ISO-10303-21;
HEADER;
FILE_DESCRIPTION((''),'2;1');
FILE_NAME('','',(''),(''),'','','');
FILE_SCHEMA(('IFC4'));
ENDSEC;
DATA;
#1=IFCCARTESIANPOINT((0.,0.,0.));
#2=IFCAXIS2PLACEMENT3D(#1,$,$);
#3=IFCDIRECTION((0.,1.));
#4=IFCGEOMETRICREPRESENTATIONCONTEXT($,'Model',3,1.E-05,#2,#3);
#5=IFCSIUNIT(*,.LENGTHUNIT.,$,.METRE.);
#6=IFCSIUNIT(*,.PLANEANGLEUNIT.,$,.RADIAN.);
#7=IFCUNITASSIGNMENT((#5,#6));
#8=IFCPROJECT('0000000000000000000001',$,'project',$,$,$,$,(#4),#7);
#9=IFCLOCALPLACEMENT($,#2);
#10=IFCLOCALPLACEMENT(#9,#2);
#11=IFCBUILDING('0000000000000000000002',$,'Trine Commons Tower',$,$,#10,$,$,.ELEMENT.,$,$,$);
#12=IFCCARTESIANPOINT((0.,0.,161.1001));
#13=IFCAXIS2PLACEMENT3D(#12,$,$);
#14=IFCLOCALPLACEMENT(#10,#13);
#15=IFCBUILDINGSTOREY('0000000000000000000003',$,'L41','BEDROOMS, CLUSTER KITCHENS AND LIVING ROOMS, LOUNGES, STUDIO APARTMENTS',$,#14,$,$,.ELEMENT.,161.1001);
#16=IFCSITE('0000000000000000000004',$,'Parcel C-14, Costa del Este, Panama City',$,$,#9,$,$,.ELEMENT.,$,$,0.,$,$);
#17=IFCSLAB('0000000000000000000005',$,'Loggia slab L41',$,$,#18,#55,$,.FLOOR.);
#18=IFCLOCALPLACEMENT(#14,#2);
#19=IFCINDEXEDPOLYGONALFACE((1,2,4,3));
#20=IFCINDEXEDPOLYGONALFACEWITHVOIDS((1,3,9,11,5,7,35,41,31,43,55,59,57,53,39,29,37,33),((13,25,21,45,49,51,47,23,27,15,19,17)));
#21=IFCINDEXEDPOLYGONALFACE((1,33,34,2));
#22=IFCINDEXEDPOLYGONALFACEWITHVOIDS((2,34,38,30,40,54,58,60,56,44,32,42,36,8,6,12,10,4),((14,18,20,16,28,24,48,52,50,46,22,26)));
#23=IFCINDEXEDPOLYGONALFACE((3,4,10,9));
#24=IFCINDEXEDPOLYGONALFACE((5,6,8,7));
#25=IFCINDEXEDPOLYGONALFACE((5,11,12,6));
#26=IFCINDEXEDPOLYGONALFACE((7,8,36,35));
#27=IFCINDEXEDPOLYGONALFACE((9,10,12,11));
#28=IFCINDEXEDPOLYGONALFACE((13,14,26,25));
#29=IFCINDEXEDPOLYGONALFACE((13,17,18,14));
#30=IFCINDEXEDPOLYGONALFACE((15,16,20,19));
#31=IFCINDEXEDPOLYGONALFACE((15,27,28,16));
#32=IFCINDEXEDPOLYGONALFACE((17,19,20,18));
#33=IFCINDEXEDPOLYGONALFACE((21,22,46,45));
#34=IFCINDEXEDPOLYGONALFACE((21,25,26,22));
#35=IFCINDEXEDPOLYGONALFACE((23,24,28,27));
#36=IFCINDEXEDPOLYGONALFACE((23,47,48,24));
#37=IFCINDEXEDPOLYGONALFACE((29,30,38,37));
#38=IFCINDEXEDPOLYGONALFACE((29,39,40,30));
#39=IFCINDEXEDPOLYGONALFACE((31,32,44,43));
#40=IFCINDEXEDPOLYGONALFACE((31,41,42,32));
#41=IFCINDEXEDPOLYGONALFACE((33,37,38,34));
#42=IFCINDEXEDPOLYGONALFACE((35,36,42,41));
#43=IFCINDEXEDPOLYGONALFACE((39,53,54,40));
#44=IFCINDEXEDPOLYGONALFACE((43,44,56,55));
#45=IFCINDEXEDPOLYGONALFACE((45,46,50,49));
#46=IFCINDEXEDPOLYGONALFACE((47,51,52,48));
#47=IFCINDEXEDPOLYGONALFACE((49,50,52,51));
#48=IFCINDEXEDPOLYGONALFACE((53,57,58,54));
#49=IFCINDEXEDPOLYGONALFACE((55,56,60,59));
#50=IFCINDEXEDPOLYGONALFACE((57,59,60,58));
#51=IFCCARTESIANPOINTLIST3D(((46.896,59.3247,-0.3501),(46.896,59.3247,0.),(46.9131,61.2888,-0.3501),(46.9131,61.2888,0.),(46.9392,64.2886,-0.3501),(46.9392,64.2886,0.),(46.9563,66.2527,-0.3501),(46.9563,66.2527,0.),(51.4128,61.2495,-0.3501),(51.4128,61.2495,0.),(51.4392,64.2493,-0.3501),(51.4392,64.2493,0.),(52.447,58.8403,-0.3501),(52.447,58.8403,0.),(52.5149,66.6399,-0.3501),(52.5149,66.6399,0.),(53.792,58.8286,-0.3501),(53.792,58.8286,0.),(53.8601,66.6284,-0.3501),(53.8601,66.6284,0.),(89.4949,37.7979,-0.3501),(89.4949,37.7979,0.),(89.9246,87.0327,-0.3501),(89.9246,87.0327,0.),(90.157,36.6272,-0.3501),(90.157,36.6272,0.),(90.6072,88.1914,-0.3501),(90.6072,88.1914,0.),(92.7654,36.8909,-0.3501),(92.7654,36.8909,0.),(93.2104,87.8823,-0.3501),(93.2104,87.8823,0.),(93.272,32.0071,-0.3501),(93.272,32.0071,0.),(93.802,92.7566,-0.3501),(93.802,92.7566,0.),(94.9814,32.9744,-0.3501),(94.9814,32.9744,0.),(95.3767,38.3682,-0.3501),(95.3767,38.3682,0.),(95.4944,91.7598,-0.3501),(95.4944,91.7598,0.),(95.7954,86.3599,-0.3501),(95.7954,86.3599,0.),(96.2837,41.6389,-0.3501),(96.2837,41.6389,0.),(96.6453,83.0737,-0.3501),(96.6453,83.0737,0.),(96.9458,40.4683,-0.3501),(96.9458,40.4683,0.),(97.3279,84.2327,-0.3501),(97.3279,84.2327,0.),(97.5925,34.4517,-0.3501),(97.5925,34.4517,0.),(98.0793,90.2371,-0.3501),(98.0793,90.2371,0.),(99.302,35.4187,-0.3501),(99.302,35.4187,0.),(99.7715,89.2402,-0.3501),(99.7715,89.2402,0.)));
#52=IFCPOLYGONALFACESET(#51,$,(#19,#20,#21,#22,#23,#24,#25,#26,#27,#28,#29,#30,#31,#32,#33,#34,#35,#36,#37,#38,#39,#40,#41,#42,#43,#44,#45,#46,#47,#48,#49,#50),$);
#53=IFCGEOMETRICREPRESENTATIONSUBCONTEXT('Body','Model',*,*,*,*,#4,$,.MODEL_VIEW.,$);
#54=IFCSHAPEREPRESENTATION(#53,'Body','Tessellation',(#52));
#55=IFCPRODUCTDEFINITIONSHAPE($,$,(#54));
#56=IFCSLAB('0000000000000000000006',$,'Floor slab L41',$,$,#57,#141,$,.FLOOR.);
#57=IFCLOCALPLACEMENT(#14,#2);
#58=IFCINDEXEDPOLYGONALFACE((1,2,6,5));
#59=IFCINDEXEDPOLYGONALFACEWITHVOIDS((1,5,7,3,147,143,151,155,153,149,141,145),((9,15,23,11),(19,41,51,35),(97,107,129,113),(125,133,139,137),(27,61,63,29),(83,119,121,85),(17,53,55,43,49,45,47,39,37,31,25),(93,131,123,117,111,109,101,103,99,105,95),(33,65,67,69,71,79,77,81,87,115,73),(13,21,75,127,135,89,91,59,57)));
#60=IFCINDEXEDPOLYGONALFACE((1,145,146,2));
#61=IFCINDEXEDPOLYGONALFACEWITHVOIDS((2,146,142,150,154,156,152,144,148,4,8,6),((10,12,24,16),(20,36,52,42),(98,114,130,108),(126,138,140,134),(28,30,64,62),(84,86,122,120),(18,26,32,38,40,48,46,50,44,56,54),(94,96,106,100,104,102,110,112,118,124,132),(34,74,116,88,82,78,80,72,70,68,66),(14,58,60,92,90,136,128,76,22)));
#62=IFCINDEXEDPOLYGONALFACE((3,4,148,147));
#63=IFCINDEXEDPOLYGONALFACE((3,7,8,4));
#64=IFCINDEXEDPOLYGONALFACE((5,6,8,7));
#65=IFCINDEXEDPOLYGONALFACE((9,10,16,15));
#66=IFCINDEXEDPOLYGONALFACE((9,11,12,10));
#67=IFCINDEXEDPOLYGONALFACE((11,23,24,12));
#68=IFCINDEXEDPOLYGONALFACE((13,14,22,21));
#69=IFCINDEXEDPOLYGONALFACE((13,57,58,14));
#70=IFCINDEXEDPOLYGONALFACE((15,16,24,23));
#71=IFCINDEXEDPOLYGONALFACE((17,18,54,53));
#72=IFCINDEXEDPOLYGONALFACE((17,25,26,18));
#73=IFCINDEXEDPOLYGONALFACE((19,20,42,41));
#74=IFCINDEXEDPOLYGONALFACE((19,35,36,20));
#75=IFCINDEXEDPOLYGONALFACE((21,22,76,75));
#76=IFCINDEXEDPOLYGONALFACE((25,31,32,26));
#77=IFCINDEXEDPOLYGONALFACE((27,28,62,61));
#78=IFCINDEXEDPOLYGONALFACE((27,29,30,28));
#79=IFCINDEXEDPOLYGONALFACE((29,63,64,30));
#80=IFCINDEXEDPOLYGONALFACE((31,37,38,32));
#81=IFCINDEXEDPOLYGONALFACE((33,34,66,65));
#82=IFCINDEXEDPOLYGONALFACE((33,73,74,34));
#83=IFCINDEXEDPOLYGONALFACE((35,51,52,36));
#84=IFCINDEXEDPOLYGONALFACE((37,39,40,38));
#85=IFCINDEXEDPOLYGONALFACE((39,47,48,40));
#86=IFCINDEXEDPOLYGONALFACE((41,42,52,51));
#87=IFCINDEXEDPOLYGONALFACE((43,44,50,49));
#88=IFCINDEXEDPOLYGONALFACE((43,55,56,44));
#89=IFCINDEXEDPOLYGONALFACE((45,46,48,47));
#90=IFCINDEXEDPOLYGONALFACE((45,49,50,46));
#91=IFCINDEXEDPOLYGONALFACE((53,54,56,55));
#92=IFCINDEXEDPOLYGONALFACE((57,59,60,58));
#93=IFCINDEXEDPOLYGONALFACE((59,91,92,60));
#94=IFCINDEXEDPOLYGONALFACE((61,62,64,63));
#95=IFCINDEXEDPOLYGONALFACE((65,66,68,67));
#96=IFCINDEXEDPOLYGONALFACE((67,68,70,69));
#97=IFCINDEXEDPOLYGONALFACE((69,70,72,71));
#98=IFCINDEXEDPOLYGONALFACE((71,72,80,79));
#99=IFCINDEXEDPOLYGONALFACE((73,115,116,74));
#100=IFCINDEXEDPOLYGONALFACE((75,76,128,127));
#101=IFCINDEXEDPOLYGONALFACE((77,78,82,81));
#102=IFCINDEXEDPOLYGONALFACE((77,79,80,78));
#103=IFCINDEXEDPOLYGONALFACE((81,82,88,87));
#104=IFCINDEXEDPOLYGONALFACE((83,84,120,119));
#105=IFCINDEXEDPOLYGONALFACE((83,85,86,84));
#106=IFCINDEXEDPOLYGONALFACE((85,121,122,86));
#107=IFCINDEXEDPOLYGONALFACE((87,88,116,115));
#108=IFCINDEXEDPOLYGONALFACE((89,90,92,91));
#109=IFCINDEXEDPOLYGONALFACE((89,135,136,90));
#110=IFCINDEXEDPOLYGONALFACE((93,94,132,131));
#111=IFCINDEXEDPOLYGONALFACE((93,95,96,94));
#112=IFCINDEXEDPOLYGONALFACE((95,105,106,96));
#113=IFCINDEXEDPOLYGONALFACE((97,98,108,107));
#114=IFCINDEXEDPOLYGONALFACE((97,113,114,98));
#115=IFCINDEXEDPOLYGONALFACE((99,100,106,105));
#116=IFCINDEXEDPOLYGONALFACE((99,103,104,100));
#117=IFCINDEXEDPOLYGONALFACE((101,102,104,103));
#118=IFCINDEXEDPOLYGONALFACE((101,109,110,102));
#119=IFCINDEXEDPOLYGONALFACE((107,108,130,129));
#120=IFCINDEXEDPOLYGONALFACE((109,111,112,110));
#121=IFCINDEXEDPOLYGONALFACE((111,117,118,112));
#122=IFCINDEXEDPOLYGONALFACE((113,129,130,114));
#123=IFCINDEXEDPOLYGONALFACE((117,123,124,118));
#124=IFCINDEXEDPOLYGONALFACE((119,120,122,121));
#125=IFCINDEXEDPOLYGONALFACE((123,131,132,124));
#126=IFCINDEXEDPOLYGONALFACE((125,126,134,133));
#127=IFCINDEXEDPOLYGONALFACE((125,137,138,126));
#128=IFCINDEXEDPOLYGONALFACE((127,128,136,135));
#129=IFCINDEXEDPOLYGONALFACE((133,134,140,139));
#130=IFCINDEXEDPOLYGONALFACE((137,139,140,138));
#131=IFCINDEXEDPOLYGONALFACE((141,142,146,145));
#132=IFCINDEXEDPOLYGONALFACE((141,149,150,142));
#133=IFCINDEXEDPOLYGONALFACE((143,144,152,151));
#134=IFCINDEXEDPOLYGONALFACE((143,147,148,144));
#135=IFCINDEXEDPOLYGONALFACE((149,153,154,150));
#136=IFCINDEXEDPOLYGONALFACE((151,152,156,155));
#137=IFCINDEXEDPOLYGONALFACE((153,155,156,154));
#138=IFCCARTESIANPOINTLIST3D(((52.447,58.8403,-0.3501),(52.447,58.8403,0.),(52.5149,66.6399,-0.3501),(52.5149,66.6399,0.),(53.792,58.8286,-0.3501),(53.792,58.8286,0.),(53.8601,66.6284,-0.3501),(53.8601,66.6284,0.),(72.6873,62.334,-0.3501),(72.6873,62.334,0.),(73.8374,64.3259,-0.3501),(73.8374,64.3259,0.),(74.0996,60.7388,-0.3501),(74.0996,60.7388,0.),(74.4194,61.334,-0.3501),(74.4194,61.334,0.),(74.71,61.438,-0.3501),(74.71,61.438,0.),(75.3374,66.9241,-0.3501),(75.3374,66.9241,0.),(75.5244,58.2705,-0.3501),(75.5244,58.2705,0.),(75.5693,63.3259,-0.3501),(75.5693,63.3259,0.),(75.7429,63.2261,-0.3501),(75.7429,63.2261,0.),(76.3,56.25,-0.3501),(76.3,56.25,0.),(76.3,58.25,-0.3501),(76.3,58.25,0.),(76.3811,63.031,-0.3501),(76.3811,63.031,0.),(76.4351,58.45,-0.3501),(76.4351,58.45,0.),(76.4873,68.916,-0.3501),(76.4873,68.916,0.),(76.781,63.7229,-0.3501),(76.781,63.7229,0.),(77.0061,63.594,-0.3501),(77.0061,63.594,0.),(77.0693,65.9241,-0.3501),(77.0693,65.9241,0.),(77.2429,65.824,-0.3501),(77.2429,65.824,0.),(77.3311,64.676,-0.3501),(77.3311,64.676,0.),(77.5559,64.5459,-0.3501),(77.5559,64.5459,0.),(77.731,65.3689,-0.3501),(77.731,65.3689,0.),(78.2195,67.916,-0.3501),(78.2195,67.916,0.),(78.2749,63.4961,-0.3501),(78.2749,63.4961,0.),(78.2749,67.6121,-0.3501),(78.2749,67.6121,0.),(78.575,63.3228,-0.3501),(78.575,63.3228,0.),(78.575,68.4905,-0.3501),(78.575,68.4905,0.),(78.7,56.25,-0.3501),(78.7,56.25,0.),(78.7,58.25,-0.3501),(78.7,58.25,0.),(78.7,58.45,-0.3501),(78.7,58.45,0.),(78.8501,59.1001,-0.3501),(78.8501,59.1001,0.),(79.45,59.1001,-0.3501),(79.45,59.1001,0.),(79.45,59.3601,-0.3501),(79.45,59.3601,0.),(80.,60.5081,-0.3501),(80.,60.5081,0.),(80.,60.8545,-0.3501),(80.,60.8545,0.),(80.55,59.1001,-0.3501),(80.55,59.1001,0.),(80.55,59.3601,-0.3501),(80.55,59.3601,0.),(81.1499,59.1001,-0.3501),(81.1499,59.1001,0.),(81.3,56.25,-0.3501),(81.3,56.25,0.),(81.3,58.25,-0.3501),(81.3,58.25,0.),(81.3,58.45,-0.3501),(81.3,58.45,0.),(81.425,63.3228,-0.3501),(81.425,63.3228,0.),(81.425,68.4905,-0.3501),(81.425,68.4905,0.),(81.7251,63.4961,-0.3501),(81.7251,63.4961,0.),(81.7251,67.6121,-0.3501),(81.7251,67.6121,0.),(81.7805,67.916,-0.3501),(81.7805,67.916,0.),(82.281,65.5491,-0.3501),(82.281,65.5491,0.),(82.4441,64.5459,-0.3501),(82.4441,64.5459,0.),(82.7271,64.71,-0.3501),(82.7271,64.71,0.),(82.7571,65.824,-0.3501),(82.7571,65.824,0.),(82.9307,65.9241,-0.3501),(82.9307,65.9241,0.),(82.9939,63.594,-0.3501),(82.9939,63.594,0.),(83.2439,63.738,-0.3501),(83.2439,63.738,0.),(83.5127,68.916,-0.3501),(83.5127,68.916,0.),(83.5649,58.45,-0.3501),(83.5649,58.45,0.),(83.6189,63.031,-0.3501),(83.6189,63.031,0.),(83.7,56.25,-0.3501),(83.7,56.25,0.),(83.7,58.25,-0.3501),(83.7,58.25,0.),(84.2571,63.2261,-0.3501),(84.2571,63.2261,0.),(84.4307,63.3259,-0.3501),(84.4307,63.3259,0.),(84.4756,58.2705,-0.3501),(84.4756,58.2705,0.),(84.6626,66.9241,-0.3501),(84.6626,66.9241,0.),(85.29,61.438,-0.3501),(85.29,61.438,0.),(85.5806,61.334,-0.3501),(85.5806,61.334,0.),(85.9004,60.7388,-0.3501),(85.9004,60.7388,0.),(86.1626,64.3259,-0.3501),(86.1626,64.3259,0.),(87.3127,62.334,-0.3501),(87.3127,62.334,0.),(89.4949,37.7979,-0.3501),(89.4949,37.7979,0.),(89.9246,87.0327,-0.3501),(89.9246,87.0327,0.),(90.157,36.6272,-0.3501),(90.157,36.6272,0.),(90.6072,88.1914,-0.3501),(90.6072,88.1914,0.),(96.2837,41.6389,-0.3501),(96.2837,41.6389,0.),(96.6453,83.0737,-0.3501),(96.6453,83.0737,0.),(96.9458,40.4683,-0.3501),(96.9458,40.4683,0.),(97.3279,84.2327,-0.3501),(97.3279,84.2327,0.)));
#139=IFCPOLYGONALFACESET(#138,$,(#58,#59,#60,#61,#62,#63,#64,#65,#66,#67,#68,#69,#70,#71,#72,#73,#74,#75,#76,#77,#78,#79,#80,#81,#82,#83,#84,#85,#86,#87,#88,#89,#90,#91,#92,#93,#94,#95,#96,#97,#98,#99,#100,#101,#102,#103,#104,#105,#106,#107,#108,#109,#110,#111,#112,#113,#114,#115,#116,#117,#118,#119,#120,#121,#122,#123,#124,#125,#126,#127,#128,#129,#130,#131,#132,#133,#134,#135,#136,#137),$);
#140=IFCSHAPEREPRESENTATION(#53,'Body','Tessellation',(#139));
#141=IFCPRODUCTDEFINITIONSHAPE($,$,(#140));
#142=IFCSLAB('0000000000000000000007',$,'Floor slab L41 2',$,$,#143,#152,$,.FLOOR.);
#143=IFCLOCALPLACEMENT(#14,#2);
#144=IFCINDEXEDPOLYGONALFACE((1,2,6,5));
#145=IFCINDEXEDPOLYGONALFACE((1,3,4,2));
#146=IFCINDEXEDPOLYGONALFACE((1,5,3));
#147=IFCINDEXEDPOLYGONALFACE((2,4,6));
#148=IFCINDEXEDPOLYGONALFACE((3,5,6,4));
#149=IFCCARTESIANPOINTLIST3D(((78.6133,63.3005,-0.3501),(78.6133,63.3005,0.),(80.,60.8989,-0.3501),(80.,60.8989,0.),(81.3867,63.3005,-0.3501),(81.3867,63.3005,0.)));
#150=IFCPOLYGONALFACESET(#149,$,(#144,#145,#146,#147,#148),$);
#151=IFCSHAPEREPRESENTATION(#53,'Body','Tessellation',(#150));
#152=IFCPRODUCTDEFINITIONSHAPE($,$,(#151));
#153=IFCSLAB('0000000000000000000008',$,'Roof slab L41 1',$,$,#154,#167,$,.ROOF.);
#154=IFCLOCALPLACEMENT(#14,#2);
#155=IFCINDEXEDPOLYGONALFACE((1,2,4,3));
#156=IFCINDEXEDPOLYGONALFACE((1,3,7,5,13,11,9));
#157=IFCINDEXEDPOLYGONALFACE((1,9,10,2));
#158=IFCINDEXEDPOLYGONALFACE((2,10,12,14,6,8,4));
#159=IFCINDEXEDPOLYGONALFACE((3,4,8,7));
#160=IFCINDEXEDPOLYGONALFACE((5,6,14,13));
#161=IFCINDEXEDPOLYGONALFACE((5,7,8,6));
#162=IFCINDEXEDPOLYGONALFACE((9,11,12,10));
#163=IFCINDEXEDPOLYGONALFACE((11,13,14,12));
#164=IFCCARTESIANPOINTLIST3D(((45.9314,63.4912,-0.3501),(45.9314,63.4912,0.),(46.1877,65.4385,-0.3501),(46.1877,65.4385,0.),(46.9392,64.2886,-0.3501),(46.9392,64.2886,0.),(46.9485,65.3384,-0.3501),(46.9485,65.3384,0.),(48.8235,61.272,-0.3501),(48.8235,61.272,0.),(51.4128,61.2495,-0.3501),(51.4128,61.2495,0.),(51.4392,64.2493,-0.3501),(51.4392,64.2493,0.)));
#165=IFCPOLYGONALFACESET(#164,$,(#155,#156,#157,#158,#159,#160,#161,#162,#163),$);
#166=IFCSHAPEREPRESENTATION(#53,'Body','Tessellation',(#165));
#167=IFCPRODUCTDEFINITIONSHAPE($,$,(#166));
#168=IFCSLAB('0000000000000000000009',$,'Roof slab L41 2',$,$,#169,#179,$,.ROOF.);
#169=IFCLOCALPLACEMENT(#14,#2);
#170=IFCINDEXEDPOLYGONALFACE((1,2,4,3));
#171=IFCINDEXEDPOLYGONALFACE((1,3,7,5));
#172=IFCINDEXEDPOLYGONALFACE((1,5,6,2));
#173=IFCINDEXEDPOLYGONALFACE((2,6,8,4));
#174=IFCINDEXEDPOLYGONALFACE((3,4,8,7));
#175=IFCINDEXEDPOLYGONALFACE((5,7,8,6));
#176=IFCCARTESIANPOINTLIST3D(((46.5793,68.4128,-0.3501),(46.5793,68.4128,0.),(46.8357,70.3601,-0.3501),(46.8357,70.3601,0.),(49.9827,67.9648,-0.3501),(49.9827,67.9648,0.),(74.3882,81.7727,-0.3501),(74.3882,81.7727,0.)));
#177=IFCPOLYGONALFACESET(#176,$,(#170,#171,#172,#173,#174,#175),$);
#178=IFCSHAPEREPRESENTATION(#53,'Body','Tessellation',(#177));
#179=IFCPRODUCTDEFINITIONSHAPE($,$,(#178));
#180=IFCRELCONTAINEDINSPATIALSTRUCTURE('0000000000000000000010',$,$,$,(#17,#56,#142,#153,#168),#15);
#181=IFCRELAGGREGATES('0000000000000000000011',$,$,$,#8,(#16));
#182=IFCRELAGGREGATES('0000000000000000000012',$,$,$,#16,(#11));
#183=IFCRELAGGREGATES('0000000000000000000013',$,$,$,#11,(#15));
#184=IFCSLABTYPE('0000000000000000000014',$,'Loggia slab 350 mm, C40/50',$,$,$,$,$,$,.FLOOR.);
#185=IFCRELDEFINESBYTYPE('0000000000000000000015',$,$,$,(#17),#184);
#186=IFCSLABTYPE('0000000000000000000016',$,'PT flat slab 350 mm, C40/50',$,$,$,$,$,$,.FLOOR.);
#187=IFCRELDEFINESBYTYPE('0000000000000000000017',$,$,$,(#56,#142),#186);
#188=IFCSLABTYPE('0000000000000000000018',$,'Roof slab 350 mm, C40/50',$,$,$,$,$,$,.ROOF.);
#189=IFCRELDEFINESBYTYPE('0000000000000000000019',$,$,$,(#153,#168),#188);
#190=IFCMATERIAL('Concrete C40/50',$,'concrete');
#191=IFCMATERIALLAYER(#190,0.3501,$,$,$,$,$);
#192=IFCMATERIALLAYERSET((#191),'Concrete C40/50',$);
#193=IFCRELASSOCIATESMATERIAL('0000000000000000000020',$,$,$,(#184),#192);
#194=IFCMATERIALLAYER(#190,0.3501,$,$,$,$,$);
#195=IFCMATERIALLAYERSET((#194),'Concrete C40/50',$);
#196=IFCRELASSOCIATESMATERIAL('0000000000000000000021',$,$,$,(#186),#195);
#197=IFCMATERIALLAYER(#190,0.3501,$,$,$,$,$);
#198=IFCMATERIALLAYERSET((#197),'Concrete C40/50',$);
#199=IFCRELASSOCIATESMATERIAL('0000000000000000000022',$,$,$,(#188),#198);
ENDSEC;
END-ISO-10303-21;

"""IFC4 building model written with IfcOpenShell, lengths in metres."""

from ifc_helpers import new_model, si_unit, direction, frame, origin, place, context, subcontext, project, spatial, polyline, outline, extrude, material, layer, layer_set, type_object, element, save


model = new_model("IFC4")

# Units and contexts
model_context = context("Model", 3, precision=1e-05, world=origin(), true_north=direction((0.0, 1.0)))
body_context = subcontext(model_context, "Body", "Model", "MODEL_VIEW")
ifc_project = project(units=[si_unit("LENGTHUNIT", "METRE"), si_unit("PLANEANGLEUNIT", "RADIAN")], contexts=[model_context])

# Site, building, storey
site_placement = place(None, origin())
site = spatial("IfcSite", under=ifc_project, at=site_placement, Name="Parcel C-14, Costa del Este, Panama City", CompositionType="ELEMENT", RefElevation=0.0)
building_placement = place(site_placement, origin())
building = spatial("IfcBuilding", under=site, at=building_placement, Name="Trine Commons Tower", CompositionType="ELEMENT")
storey_placement = place(building_placement, frame((0.0, 0.0, 161.1001)))
storey = spatial("IfcBuildingStorey", under=building, at=storey_placement, Name="L41", Description="BEDROOMS, CLUSTER KITCHENS AND LIVING ROOMS, LOUNGES, STUDIO APARTMENTS", CompositionType="ELEMENT", Elevation=161.1001)

# Slabs
ifc_material_1 = material(Name="Concrete C40/50", Category="concrete")
ifc_layer_1 = layer(ifc_material_1, 0.3501)
ifc_layer_set_1 = layer_set([ifc_layer_1], Name="Concrete C40/50")
slab_type_1 = type_object("IfcSlabType", Name="Loggia slab 350 mm, C40/50", PredefinedType="FLOOR", material=ifc_layer_set_1)
slab_1_placement = place(storey_placement, frame((0.0, 0.0, -0.3501)))
element("IfcSlab", 1, at=slab_1_placement, inside=storey, type_object=slab_type_1, Name="Loggia slab L41", PredefinedType="FLOOR", context=body_context, shape_type="SweptSolid", body=[
    extrude(outline(polyline([(99.302, 35.4187), (99.7715, 89.2402), (98.0793, 90.2371), (95.7954, 86.3599), (93.2104, 87.8823), (95.4944, 91.7598), (93.802, 92.7566), (46.9563, 66.2527), (46.9392, 64.2886), (51.4392, 64.2493), (51.4128, 61.2495), (46.9131, 61.2888), (46.896, 59.3247), (93.272, 32.0071), (94.9814, 32.9744), (92.7654, 36.8909), (95.3767, 38.3682), (97.5925, 34.4517), (99.302, 35.4187)]), holes=[polyline([(90.157, 36.6272), (89.4949, 37.7979), (96.2837, 41.6389), (96.9458, 40.4683), (97.3279, 84.2327), (96.6453, 83.0737), (89.9246, 87.0327), (90.6072, 88.1914), (52.5149, 66.6399), (53.8601, 66.6284), (53.792, 58.8286), (52.447, 58.8403), (90.157, 36.6272)])]), origin(), (0.0, 0.0, 1.0), 0.3501),
])
ifc_layer_2 = layer(ifc_material_1, 0.3501)
ifc_layer_set_2 = layer_set([ifc_layer_2], Name="Concrete C40/50")
slab_type_2 = type_object("IfcSlabType", Name="PT flat slab 350 mm, C40/50", PredefinedType="FLOOR", material=ifc_layer_set_2)
slab_2_placement = place(storey_placement, frame((0.0, 0.0, -0.3501)))
element("IfcSlab", 2, at=slab_2_placement, inside=storey, type_object=slab_type_2, Name="Floor slab L41", PredefinedType="FLOOR", context=body_context, shape_type="SweptSolid", body=[
    extrude(outline(polyline([(52.447, 58.8403), (90.157, 36.6272), (89.4949, 37.7979), (96.2837, 41.6389), (96.9458, 40.4683), (97.3279, 84.2327), (96.6453, 83.0737), (89.9246, 87.0327), (90.6072, 88.1914), (52.5149, 66.6399), (53.8601, 66.6284), (53.792, 58.8286), (52.447, 58.8403)]), holes=[polyline([(78.7, 56.25), (78.7, 58.25), (76.3, 58.25), (76.3, 56.25), (78.7, 56.25)]), polyline([(80.0, 60.8545), (84.4756, 58.2705), (85.9004, 60.7388), (81.425, 63.3228), (81.425, 68.4905), (78.575, 68.4905), (78.575, 63.3228), (74.0996, 60.7388), (75.5244, 58.2705), (80.0, 60.8545)]), polyline([(73.8374, 64.3259), (72.6873, 62.334), (74.4194, 61.334), (75.5693, 63.3259), (73.8374, 64.3259)]), polyline([(76.3811, 63.031), (75.7429, 63.2261), (74.71, 61.438), (78.2749, 63.4961), (78.2749, 67.6121), (77.2429, 65.824), (77.731, 65.3689), (77.3311, 64.676), (77.5559, 64.5459), (77.0061, 63.594), (76.781, 63.7229), (76.3811, 63.031)]), polyline([(76.4873, 68.916), (75.3374, 66.9241), (77.0693, 65.9241), (78.2195, 67.916), (76.4873, 68.916)]), polyline([(83.7, 56.25), (83.7, 58.25), (81.3, 58.25), (81.3, 56.25), (83.7, 56.25)]), polyline([(81.1499, 59.1001), (81.3, 58.45), (83.5649, 58.45), (80.0, 60.5081), (76.4351, 58.45), (78.7, 58.45), (78.8501, 59.1001), (79.45, 59.1001), (79.45, 59.3601), (80.55, 59.3601), (80.55, 59.1001), (81.1499, 59.1001)]), polyline([(86.1626, 64.3259), (84.4307, 63.3259), (85.5806, 61.334), (87.3127, 62.334), (86.1626, 64.3259)]), polyline([(83.2439, 63.738), (82.9939, 63.594), (82.4441, 64.5459), (82.7271, 64.71), (82.281, 65.5491), (82.7571, 65.824), (81.7251, 67.6121), (81.7251, 63.4961), (85.29, 61.438), (84.2571, 63.2261), (83.6189, 63.031), (83.2439, 63.738)]), polyline([(84.6626, 66.9241), (83.5127, 68.916), (81.7805, 67.916), (82.9307, 65.9241), (84.6626, 66.9241)])]), origin(), (0.0, 0.0, 1.0), 0.3501),
])
slab_3_placement = place(storey_placement, frame((0.0, 0.0, -0.3501)))
element("IfcSlab", 3, at=slab_3_placement, inside=storey, type_object=slab_type_2, Name="Floor slab L41 2", PredefinedType="FLOOR", context=body_context, shape_type="SweptSolid", body=[
    extrude(outline(polyline([(78.6133, 63.3005), (80.0, 60.8989), (81.3867, 63.3005), (78.6133, 63.3005)])), origin(), (0.0, 0.0, 1.0), 0.3501),
])
ifc_layer_3 = layer(ifc_material_1, 0.3501)
ifc_layer_set_3 = layer_set([ifc_layer_3], Name="Concrete C40/50")
slab_type_3 = type_object("IfcSlabType", Name="Roof slab 350 mm, C40/50", PredefinedType="ROOF", material=ifc_layer_set_3)
slab_4_placement = place(storey_placement, frame((0.0, 0.0, -0.3501)))
element("IfcSlab", 4, at=slab_4_placement, inside=storey, type_object=slab_type_3, Name="Roof slab L41 1", PredefinedType="ROOF", context=body_context, shape_type="SweptSolid", body=[
    extrude(outline(polyline([(48.8235, 61.272), (51.4128, 61.2495), (51.4392, 64.2493), (46.9392, 64.2886), (46.9485, 65.3384), (46.1877, 65.4385), (45.9314, 63.4912), (48.8235, 61.272)])), origin(), (0.0, 0.0, 1.0), 0.3501),
])
slab_5_placement = place(storey_placement, frame((0.0, 0.0, -0.3501)))
element("IfcSlab", 5, at=slab_5_placement, inside=storey, type_object=slab_type_3, Name="Roof slab L41 2", PredefinedType="ROOF", context=body_context, shape_type="SweptSolid", body=[
    extrude(outline(polyline([(49.9827, 67.9648), (74.3882, 81.7727), (46.8357, 70.3601), (46.5793, 68.4128), (49.9827, 67.9648)])), origin(), (0.0, 0.0, 1.0), 0.3501),
])

save(model, "model.ifc")
